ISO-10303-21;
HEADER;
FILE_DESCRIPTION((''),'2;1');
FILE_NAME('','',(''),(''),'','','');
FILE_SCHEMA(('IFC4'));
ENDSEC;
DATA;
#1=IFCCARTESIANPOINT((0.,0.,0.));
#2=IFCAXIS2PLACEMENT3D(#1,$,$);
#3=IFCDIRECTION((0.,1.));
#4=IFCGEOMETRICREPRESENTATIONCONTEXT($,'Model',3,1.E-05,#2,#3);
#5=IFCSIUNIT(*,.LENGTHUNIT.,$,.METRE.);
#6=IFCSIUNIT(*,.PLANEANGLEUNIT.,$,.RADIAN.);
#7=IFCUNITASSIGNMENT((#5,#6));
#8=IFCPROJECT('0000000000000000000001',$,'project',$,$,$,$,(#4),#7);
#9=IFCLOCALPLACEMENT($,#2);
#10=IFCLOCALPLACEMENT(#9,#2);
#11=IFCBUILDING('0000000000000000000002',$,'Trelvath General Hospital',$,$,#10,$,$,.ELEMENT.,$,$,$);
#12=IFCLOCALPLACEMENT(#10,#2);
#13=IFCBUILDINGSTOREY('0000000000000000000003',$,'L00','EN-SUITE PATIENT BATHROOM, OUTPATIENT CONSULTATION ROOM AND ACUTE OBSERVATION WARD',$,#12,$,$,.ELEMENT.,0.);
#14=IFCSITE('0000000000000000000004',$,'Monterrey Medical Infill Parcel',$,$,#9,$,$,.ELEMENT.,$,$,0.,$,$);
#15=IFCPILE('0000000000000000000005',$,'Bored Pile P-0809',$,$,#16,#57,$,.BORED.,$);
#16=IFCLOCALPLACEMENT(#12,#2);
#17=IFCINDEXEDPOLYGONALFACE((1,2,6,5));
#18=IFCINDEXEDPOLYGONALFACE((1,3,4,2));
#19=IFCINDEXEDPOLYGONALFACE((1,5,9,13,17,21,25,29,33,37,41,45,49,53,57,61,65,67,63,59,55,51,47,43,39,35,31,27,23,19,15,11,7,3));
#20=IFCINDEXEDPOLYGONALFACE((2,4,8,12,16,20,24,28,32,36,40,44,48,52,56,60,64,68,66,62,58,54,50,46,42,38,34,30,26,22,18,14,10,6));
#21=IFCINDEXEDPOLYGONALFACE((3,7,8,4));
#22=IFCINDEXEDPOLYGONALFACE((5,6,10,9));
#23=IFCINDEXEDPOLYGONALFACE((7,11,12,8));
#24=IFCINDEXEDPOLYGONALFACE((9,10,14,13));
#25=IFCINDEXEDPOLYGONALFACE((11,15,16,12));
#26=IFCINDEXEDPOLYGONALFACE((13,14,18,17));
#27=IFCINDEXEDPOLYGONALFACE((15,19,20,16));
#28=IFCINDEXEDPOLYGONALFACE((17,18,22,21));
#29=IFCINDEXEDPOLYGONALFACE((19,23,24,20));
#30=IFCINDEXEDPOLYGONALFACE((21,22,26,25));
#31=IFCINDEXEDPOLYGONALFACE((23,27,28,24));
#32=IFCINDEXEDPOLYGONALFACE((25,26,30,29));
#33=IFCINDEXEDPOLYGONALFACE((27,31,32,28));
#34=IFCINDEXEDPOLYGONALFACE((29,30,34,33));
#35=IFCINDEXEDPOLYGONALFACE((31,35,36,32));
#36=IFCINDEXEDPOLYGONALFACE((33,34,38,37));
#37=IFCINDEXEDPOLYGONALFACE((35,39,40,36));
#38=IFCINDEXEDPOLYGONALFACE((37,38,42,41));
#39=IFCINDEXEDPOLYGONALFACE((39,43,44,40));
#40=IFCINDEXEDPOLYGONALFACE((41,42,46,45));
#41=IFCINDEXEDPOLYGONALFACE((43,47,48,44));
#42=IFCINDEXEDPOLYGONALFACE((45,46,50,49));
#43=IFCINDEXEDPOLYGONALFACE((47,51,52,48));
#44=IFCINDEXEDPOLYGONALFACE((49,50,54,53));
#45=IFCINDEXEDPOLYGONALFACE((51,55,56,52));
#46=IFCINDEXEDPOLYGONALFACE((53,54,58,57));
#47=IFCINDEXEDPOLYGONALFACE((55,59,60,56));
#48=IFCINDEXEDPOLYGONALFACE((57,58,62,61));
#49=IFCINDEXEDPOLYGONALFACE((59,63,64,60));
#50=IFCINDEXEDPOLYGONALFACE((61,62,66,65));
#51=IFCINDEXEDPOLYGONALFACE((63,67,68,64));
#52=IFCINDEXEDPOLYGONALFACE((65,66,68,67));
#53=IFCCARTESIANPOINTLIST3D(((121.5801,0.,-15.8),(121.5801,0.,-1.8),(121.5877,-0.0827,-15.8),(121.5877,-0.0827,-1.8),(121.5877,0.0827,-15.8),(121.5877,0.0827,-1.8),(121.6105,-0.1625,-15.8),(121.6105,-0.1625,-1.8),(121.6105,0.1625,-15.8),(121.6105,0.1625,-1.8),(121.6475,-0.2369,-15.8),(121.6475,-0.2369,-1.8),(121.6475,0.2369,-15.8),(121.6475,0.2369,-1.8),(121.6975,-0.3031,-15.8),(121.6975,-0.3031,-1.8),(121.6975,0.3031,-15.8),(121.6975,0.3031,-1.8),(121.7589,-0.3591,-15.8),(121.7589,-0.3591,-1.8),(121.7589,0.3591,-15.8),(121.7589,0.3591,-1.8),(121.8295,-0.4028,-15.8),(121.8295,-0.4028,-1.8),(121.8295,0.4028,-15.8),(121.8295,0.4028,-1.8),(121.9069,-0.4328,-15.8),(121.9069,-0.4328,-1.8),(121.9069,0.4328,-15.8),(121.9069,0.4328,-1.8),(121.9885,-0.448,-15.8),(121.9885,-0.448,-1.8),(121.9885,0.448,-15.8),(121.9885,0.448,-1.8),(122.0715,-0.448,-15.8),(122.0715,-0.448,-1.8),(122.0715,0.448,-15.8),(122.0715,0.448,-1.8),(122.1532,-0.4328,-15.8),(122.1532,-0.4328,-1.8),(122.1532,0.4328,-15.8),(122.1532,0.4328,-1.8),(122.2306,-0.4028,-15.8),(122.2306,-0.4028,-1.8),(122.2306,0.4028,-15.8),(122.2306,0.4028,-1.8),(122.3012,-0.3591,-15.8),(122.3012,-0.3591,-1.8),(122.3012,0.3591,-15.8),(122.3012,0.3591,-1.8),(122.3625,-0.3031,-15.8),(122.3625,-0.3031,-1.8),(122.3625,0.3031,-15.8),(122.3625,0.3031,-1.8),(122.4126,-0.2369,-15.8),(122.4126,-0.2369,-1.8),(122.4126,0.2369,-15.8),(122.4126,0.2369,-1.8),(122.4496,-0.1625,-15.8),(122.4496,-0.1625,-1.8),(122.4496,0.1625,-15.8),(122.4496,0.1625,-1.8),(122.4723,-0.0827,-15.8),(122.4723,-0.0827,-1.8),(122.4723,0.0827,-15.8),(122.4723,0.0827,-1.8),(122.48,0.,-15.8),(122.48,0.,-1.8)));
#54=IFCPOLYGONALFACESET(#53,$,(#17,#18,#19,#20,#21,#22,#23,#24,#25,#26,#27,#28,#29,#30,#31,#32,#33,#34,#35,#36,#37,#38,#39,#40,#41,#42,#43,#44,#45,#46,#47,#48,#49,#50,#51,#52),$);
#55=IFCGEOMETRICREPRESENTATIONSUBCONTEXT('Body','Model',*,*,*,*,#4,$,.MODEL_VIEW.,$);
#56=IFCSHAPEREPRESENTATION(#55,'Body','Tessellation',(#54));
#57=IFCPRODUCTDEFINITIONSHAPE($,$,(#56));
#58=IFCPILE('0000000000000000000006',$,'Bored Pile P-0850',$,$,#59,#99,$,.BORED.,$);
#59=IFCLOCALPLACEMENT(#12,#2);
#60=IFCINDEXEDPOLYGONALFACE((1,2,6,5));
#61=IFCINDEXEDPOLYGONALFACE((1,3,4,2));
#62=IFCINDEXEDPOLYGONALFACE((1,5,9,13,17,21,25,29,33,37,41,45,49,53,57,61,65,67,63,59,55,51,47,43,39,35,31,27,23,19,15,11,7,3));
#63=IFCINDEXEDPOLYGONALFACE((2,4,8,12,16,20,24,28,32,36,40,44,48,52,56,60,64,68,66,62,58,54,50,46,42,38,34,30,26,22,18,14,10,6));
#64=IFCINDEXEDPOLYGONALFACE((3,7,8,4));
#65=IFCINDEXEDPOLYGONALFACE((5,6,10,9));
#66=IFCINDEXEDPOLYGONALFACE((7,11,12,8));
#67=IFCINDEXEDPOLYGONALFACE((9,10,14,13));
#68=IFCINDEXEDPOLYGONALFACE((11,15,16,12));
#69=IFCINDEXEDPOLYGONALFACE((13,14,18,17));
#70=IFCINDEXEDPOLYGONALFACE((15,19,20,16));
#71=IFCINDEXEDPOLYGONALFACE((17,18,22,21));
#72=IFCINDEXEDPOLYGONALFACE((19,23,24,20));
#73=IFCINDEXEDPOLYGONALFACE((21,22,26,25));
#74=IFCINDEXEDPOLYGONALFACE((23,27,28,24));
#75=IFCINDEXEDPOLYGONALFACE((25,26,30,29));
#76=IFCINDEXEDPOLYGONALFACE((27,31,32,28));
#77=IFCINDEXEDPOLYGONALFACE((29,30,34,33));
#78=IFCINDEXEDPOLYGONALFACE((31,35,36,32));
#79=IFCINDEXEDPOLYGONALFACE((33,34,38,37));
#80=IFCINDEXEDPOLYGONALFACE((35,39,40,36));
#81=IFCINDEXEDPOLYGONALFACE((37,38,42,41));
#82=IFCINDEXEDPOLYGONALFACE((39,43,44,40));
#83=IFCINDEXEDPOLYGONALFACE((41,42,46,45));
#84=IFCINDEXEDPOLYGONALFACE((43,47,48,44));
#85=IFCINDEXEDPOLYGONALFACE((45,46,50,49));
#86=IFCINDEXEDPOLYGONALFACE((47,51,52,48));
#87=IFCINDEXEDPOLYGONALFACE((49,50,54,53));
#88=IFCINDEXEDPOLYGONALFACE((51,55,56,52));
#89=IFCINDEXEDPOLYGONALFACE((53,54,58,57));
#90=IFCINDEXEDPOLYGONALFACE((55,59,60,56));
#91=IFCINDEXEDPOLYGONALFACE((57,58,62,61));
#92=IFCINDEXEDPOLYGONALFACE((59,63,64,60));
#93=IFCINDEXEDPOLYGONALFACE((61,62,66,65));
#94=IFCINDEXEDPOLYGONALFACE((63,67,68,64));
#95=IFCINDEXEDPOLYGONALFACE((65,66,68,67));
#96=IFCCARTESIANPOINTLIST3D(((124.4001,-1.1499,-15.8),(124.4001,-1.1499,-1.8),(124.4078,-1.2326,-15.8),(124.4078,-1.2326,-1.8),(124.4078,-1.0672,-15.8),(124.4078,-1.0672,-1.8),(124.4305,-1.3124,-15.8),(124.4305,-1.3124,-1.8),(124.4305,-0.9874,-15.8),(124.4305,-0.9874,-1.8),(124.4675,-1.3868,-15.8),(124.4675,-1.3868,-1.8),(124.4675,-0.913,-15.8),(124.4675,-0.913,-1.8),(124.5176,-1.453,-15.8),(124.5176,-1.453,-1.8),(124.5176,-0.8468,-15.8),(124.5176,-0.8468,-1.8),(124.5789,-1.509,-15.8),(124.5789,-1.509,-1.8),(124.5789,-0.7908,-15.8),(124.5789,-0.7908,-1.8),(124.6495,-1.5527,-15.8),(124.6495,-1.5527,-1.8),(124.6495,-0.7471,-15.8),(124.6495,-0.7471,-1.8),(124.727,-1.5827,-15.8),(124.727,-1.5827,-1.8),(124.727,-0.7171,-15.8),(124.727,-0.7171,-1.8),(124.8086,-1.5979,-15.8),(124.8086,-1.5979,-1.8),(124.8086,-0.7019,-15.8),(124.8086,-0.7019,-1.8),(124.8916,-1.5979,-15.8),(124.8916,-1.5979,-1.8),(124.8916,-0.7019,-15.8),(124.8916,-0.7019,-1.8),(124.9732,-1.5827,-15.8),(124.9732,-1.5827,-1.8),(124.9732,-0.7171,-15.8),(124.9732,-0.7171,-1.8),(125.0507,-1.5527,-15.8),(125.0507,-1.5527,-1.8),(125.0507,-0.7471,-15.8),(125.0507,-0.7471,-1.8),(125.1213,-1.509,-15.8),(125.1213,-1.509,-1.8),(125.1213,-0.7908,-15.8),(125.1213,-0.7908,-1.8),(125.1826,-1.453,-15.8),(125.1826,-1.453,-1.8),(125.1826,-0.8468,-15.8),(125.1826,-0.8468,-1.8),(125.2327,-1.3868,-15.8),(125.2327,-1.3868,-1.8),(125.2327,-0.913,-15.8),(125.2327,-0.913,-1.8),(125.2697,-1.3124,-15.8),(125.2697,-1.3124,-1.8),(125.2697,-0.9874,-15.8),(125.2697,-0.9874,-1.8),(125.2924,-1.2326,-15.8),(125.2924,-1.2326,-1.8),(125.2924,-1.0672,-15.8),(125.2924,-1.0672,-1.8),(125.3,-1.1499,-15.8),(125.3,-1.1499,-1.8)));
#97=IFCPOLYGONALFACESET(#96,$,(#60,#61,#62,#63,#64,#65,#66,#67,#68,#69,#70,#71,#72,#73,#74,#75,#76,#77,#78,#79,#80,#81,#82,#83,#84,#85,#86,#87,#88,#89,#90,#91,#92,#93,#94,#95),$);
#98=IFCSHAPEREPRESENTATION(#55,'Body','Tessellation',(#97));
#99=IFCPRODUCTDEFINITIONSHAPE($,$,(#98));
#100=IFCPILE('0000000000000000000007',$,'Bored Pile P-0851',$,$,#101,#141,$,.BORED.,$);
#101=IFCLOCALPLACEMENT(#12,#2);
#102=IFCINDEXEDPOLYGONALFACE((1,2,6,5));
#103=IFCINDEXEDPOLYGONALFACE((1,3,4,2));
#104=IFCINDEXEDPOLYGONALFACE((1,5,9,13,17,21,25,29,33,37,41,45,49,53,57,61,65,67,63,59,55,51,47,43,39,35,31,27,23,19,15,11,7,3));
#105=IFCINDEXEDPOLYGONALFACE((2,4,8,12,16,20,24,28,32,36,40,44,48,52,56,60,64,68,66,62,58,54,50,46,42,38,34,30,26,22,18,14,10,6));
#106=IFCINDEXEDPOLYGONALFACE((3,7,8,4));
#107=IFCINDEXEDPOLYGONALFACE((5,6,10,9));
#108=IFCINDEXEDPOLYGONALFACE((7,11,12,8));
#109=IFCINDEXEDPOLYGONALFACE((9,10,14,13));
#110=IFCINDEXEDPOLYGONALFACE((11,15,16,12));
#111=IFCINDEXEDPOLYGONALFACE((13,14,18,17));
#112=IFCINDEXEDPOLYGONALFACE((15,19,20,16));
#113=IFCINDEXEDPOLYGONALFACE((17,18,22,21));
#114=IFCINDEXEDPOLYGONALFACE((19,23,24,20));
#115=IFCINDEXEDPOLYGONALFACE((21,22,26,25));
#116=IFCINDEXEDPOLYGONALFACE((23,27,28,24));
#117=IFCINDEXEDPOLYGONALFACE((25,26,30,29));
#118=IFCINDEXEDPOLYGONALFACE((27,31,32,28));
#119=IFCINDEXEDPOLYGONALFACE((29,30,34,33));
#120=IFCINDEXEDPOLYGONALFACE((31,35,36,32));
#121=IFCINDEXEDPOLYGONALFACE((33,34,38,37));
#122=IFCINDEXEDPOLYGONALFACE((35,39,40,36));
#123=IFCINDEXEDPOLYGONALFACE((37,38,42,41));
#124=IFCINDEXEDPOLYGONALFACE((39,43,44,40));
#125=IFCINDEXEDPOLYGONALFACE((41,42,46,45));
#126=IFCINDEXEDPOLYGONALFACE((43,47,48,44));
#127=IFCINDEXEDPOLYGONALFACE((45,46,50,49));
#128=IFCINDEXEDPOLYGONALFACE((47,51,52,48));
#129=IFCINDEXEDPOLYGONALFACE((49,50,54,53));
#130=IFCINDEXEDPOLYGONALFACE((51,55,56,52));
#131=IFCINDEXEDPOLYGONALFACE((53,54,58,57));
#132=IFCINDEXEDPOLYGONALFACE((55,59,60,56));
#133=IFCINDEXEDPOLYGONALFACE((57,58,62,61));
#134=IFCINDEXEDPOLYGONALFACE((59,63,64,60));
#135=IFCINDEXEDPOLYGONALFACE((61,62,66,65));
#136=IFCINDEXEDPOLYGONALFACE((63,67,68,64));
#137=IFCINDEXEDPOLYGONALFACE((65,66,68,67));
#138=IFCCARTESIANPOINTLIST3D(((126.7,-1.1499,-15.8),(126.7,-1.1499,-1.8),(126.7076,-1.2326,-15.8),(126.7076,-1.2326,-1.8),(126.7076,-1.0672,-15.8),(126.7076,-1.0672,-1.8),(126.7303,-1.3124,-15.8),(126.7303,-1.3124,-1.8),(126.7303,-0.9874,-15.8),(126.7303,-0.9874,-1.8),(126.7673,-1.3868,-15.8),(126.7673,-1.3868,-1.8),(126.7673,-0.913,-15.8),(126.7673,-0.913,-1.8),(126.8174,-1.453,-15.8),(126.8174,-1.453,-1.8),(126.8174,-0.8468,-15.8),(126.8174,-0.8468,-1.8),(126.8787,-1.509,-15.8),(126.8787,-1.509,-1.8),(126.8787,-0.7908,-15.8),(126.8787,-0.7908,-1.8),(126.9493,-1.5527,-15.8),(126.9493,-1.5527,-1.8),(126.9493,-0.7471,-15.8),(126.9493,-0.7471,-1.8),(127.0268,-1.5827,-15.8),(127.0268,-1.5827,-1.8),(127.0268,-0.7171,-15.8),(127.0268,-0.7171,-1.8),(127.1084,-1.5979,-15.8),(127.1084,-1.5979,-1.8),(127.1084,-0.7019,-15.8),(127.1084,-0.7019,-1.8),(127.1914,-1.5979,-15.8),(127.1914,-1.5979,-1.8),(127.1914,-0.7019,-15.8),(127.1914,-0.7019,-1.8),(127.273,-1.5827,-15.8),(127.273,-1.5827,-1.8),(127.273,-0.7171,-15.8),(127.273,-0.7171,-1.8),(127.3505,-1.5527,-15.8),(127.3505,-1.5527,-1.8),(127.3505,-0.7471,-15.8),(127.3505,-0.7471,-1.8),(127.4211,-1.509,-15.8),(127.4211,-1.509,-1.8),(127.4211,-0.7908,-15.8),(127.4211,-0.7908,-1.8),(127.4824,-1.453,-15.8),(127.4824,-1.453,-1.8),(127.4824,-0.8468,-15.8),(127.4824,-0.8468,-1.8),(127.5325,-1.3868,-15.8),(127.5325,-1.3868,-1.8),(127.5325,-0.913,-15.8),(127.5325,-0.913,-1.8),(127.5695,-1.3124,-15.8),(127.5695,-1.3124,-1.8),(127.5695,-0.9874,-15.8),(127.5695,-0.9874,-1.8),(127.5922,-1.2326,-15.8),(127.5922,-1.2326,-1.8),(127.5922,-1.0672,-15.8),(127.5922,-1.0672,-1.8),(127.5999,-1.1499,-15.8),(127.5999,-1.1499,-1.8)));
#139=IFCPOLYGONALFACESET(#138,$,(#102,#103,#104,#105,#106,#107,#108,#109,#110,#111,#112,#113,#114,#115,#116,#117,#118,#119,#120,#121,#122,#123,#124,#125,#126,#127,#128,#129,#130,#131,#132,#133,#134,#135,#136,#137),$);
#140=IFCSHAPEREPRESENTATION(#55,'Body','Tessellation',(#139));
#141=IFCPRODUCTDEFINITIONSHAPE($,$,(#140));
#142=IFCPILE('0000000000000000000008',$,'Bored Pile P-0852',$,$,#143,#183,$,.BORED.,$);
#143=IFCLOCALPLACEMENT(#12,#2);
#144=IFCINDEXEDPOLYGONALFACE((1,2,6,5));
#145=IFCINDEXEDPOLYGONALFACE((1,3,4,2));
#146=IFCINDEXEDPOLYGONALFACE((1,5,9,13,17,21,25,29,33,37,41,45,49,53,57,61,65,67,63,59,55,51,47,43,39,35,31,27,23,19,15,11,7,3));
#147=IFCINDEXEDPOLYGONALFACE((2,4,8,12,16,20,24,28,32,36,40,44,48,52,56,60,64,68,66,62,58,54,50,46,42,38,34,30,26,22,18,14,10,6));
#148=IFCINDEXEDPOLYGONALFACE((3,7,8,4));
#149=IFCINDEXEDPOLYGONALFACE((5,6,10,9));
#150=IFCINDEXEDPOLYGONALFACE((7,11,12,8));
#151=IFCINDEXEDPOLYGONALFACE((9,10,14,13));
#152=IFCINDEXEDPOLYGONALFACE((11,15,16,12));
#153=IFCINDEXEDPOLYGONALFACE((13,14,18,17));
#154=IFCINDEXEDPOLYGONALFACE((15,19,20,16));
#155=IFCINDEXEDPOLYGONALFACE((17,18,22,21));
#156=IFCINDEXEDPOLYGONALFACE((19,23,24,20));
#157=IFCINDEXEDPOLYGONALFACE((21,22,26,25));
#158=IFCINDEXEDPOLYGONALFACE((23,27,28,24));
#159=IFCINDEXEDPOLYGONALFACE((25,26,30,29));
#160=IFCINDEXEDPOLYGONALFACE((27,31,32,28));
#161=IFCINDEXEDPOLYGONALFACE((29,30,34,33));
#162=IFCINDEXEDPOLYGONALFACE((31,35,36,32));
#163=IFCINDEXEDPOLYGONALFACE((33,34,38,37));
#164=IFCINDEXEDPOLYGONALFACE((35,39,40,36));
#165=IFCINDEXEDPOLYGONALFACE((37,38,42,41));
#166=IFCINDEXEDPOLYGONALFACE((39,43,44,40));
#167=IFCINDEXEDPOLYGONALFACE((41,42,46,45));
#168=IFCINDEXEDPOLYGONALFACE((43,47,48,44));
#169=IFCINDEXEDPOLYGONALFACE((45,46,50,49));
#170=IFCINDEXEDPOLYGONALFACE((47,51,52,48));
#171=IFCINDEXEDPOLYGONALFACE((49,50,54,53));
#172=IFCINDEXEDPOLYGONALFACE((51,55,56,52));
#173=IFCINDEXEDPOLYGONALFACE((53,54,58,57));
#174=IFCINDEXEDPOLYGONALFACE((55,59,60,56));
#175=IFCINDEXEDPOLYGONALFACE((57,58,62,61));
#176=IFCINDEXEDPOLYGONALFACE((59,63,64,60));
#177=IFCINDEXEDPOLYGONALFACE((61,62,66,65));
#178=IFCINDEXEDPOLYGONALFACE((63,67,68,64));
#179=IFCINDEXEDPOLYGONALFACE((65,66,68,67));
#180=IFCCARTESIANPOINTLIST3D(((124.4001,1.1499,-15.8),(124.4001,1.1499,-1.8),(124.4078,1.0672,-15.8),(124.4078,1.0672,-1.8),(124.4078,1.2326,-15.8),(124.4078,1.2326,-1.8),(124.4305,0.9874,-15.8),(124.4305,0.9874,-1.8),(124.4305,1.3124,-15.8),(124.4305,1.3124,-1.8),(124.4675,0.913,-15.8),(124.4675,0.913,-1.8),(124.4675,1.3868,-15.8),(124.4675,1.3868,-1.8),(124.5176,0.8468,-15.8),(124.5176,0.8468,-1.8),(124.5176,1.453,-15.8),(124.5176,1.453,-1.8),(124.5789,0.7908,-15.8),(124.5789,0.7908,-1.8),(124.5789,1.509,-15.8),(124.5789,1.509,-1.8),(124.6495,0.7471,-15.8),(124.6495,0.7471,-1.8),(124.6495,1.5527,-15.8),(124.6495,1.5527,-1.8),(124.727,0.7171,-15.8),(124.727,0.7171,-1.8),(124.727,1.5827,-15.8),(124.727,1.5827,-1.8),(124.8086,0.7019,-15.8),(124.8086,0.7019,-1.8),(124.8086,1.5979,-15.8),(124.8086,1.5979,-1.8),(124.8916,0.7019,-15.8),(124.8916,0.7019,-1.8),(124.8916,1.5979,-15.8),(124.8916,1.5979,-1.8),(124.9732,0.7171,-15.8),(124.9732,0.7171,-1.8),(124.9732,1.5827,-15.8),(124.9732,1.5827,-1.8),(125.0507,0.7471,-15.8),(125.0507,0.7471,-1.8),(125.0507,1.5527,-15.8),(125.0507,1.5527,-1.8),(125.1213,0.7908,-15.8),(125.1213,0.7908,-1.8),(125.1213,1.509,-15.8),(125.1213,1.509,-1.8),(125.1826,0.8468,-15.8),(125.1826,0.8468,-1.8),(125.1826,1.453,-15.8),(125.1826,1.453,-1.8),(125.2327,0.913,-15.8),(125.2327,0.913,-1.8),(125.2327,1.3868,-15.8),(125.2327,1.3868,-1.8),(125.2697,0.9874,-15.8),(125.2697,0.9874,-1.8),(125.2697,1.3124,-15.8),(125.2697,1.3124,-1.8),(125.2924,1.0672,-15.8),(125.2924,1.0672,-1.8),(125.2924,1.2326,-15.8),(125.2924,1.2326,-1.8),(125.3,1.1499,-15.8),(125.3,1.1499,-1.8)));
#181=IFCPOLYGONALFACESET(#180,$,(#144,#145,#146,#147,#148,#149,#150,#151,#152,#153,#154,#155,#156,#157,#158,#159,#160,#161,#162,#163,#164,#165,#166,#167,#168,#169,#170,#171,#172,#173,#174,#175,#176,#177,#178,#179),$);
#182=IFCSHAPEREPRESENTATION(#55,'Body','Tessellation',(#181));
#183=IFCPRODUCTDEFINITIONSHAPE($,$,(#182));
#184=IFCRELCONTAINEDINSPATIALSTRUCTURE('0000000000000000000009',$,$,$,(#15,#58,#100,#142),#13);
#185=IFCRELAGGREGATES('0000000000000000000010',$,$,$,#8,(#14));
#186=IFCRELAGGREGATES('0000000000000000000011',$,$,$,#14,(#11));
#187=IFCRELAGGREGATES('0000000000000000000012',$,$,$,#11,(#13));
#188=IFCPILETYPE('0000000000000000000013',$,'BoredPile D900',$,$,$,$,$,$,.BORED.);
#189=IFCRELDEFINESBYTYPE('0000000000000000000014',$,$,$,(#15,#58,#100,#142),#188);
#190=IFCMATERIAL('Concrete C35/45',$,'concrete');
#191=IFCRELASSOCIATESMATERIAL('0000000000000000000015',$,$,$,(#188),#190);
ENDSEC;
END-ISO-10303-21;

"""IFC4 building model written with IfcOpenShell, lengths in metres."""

from ifc_helpers import new_model, si_unit, direction, frame, origin, origin_2d, place, context, subcontext, project, spatial, circle, extrude, material, material_profile, profile_set, type_object, element, save


model = new_model("IFC4")

# Units and contexts
model_context = context("Model", 3, precision=1e-05, world=origin(), true_north=direction((0.0, 1.0)))
body_context = subcontext(model_context, "Body", "Model", "MODEL_VIEW")
ifc_project = project(units=[si_unit("LENGTHUNIT", "METRE"), si_unit("PLANEANGLEUNIT", "RADIAN")], contexts=[model_context])

# Site, building, storey
site_placement = place(None, origin())
site = spatial("IfcSite", under=ifc_project, at=site_placement, Name="Monterrey Medical Infill Parcel", CompositionType="ELEMENT", RefElevation=0.0)
building_placement = place(site_placement, origin())
building = spatial("IfcBuilding", under=site, at=building_placement, Name="Trelvath General Hospital", CompositionType="ELEMENT")
storey_placement = place(building_placement, origin())
storey = spatial("IfcBuildingStorey", under=building, at=storey_placement, Name="L00", Description="EN-SUITE PATIENT BATHROOM, OUTPATIENT CONSULTATION ROOM AND ACUTE OBSERVATION WARD", CompositionType="ELEMENT", Elevation=0.0)

# Piles
ifc_material_1 = material(Name="Concrete C35/45", Category="concrete")
ifc_material_profile_1 = material_profile(ifc_material_1, circle(Radius=0.45, at=origin_2d()), Name="PILE900")
ifc_profile_set_1 = profile_set([ifc_material_profile_1], Name="Concrete C35/45")
pile_type = type_object("IfcPileType", Name="BoredPile D900", PredefinedType="BORED", material=ifc_profile_set_1)
for number, where, z_axis, x_axis, name in (
    (1, (122.03, 0.0, -1.8), (0.0, 0.0, -1.0), (1.0, 0.0, 0.0), "Bored Pile P-0809"),
    (2, (124.8501, -1.1499, -1.8), (0.0, 0.0, -1.0), (1.0, 0.0, 0.0), "Bored Pile P-0850"),
    (3, (127.1499, -1.1499, -1.8), (0.0, 0.0, -1.0), (1.0, 0.0, 0.0), "Bored Pile P-0851"),
    (4, (124.8501, 1.1499, -1.8), (0.0, 0.0, -1.0), (1.0, 0.0, 0.0), "Bored Pile P-0852"),
):
    element("IfcPile", number, at=place(storey_placement, frame(where, z_axis=z_axis, x_axis=x_axis)), inside=storey, type_object=pile_type, Name=name, PredefinedType="BORED", context=body_context, shape_type="SweptSolid", body=[
        extrude(circle(Radius=0.45, at=origin_2d()), origin(), (0.0, 0.0, 1.0), 14.0),
    ])

save(model, "model.ifc")
